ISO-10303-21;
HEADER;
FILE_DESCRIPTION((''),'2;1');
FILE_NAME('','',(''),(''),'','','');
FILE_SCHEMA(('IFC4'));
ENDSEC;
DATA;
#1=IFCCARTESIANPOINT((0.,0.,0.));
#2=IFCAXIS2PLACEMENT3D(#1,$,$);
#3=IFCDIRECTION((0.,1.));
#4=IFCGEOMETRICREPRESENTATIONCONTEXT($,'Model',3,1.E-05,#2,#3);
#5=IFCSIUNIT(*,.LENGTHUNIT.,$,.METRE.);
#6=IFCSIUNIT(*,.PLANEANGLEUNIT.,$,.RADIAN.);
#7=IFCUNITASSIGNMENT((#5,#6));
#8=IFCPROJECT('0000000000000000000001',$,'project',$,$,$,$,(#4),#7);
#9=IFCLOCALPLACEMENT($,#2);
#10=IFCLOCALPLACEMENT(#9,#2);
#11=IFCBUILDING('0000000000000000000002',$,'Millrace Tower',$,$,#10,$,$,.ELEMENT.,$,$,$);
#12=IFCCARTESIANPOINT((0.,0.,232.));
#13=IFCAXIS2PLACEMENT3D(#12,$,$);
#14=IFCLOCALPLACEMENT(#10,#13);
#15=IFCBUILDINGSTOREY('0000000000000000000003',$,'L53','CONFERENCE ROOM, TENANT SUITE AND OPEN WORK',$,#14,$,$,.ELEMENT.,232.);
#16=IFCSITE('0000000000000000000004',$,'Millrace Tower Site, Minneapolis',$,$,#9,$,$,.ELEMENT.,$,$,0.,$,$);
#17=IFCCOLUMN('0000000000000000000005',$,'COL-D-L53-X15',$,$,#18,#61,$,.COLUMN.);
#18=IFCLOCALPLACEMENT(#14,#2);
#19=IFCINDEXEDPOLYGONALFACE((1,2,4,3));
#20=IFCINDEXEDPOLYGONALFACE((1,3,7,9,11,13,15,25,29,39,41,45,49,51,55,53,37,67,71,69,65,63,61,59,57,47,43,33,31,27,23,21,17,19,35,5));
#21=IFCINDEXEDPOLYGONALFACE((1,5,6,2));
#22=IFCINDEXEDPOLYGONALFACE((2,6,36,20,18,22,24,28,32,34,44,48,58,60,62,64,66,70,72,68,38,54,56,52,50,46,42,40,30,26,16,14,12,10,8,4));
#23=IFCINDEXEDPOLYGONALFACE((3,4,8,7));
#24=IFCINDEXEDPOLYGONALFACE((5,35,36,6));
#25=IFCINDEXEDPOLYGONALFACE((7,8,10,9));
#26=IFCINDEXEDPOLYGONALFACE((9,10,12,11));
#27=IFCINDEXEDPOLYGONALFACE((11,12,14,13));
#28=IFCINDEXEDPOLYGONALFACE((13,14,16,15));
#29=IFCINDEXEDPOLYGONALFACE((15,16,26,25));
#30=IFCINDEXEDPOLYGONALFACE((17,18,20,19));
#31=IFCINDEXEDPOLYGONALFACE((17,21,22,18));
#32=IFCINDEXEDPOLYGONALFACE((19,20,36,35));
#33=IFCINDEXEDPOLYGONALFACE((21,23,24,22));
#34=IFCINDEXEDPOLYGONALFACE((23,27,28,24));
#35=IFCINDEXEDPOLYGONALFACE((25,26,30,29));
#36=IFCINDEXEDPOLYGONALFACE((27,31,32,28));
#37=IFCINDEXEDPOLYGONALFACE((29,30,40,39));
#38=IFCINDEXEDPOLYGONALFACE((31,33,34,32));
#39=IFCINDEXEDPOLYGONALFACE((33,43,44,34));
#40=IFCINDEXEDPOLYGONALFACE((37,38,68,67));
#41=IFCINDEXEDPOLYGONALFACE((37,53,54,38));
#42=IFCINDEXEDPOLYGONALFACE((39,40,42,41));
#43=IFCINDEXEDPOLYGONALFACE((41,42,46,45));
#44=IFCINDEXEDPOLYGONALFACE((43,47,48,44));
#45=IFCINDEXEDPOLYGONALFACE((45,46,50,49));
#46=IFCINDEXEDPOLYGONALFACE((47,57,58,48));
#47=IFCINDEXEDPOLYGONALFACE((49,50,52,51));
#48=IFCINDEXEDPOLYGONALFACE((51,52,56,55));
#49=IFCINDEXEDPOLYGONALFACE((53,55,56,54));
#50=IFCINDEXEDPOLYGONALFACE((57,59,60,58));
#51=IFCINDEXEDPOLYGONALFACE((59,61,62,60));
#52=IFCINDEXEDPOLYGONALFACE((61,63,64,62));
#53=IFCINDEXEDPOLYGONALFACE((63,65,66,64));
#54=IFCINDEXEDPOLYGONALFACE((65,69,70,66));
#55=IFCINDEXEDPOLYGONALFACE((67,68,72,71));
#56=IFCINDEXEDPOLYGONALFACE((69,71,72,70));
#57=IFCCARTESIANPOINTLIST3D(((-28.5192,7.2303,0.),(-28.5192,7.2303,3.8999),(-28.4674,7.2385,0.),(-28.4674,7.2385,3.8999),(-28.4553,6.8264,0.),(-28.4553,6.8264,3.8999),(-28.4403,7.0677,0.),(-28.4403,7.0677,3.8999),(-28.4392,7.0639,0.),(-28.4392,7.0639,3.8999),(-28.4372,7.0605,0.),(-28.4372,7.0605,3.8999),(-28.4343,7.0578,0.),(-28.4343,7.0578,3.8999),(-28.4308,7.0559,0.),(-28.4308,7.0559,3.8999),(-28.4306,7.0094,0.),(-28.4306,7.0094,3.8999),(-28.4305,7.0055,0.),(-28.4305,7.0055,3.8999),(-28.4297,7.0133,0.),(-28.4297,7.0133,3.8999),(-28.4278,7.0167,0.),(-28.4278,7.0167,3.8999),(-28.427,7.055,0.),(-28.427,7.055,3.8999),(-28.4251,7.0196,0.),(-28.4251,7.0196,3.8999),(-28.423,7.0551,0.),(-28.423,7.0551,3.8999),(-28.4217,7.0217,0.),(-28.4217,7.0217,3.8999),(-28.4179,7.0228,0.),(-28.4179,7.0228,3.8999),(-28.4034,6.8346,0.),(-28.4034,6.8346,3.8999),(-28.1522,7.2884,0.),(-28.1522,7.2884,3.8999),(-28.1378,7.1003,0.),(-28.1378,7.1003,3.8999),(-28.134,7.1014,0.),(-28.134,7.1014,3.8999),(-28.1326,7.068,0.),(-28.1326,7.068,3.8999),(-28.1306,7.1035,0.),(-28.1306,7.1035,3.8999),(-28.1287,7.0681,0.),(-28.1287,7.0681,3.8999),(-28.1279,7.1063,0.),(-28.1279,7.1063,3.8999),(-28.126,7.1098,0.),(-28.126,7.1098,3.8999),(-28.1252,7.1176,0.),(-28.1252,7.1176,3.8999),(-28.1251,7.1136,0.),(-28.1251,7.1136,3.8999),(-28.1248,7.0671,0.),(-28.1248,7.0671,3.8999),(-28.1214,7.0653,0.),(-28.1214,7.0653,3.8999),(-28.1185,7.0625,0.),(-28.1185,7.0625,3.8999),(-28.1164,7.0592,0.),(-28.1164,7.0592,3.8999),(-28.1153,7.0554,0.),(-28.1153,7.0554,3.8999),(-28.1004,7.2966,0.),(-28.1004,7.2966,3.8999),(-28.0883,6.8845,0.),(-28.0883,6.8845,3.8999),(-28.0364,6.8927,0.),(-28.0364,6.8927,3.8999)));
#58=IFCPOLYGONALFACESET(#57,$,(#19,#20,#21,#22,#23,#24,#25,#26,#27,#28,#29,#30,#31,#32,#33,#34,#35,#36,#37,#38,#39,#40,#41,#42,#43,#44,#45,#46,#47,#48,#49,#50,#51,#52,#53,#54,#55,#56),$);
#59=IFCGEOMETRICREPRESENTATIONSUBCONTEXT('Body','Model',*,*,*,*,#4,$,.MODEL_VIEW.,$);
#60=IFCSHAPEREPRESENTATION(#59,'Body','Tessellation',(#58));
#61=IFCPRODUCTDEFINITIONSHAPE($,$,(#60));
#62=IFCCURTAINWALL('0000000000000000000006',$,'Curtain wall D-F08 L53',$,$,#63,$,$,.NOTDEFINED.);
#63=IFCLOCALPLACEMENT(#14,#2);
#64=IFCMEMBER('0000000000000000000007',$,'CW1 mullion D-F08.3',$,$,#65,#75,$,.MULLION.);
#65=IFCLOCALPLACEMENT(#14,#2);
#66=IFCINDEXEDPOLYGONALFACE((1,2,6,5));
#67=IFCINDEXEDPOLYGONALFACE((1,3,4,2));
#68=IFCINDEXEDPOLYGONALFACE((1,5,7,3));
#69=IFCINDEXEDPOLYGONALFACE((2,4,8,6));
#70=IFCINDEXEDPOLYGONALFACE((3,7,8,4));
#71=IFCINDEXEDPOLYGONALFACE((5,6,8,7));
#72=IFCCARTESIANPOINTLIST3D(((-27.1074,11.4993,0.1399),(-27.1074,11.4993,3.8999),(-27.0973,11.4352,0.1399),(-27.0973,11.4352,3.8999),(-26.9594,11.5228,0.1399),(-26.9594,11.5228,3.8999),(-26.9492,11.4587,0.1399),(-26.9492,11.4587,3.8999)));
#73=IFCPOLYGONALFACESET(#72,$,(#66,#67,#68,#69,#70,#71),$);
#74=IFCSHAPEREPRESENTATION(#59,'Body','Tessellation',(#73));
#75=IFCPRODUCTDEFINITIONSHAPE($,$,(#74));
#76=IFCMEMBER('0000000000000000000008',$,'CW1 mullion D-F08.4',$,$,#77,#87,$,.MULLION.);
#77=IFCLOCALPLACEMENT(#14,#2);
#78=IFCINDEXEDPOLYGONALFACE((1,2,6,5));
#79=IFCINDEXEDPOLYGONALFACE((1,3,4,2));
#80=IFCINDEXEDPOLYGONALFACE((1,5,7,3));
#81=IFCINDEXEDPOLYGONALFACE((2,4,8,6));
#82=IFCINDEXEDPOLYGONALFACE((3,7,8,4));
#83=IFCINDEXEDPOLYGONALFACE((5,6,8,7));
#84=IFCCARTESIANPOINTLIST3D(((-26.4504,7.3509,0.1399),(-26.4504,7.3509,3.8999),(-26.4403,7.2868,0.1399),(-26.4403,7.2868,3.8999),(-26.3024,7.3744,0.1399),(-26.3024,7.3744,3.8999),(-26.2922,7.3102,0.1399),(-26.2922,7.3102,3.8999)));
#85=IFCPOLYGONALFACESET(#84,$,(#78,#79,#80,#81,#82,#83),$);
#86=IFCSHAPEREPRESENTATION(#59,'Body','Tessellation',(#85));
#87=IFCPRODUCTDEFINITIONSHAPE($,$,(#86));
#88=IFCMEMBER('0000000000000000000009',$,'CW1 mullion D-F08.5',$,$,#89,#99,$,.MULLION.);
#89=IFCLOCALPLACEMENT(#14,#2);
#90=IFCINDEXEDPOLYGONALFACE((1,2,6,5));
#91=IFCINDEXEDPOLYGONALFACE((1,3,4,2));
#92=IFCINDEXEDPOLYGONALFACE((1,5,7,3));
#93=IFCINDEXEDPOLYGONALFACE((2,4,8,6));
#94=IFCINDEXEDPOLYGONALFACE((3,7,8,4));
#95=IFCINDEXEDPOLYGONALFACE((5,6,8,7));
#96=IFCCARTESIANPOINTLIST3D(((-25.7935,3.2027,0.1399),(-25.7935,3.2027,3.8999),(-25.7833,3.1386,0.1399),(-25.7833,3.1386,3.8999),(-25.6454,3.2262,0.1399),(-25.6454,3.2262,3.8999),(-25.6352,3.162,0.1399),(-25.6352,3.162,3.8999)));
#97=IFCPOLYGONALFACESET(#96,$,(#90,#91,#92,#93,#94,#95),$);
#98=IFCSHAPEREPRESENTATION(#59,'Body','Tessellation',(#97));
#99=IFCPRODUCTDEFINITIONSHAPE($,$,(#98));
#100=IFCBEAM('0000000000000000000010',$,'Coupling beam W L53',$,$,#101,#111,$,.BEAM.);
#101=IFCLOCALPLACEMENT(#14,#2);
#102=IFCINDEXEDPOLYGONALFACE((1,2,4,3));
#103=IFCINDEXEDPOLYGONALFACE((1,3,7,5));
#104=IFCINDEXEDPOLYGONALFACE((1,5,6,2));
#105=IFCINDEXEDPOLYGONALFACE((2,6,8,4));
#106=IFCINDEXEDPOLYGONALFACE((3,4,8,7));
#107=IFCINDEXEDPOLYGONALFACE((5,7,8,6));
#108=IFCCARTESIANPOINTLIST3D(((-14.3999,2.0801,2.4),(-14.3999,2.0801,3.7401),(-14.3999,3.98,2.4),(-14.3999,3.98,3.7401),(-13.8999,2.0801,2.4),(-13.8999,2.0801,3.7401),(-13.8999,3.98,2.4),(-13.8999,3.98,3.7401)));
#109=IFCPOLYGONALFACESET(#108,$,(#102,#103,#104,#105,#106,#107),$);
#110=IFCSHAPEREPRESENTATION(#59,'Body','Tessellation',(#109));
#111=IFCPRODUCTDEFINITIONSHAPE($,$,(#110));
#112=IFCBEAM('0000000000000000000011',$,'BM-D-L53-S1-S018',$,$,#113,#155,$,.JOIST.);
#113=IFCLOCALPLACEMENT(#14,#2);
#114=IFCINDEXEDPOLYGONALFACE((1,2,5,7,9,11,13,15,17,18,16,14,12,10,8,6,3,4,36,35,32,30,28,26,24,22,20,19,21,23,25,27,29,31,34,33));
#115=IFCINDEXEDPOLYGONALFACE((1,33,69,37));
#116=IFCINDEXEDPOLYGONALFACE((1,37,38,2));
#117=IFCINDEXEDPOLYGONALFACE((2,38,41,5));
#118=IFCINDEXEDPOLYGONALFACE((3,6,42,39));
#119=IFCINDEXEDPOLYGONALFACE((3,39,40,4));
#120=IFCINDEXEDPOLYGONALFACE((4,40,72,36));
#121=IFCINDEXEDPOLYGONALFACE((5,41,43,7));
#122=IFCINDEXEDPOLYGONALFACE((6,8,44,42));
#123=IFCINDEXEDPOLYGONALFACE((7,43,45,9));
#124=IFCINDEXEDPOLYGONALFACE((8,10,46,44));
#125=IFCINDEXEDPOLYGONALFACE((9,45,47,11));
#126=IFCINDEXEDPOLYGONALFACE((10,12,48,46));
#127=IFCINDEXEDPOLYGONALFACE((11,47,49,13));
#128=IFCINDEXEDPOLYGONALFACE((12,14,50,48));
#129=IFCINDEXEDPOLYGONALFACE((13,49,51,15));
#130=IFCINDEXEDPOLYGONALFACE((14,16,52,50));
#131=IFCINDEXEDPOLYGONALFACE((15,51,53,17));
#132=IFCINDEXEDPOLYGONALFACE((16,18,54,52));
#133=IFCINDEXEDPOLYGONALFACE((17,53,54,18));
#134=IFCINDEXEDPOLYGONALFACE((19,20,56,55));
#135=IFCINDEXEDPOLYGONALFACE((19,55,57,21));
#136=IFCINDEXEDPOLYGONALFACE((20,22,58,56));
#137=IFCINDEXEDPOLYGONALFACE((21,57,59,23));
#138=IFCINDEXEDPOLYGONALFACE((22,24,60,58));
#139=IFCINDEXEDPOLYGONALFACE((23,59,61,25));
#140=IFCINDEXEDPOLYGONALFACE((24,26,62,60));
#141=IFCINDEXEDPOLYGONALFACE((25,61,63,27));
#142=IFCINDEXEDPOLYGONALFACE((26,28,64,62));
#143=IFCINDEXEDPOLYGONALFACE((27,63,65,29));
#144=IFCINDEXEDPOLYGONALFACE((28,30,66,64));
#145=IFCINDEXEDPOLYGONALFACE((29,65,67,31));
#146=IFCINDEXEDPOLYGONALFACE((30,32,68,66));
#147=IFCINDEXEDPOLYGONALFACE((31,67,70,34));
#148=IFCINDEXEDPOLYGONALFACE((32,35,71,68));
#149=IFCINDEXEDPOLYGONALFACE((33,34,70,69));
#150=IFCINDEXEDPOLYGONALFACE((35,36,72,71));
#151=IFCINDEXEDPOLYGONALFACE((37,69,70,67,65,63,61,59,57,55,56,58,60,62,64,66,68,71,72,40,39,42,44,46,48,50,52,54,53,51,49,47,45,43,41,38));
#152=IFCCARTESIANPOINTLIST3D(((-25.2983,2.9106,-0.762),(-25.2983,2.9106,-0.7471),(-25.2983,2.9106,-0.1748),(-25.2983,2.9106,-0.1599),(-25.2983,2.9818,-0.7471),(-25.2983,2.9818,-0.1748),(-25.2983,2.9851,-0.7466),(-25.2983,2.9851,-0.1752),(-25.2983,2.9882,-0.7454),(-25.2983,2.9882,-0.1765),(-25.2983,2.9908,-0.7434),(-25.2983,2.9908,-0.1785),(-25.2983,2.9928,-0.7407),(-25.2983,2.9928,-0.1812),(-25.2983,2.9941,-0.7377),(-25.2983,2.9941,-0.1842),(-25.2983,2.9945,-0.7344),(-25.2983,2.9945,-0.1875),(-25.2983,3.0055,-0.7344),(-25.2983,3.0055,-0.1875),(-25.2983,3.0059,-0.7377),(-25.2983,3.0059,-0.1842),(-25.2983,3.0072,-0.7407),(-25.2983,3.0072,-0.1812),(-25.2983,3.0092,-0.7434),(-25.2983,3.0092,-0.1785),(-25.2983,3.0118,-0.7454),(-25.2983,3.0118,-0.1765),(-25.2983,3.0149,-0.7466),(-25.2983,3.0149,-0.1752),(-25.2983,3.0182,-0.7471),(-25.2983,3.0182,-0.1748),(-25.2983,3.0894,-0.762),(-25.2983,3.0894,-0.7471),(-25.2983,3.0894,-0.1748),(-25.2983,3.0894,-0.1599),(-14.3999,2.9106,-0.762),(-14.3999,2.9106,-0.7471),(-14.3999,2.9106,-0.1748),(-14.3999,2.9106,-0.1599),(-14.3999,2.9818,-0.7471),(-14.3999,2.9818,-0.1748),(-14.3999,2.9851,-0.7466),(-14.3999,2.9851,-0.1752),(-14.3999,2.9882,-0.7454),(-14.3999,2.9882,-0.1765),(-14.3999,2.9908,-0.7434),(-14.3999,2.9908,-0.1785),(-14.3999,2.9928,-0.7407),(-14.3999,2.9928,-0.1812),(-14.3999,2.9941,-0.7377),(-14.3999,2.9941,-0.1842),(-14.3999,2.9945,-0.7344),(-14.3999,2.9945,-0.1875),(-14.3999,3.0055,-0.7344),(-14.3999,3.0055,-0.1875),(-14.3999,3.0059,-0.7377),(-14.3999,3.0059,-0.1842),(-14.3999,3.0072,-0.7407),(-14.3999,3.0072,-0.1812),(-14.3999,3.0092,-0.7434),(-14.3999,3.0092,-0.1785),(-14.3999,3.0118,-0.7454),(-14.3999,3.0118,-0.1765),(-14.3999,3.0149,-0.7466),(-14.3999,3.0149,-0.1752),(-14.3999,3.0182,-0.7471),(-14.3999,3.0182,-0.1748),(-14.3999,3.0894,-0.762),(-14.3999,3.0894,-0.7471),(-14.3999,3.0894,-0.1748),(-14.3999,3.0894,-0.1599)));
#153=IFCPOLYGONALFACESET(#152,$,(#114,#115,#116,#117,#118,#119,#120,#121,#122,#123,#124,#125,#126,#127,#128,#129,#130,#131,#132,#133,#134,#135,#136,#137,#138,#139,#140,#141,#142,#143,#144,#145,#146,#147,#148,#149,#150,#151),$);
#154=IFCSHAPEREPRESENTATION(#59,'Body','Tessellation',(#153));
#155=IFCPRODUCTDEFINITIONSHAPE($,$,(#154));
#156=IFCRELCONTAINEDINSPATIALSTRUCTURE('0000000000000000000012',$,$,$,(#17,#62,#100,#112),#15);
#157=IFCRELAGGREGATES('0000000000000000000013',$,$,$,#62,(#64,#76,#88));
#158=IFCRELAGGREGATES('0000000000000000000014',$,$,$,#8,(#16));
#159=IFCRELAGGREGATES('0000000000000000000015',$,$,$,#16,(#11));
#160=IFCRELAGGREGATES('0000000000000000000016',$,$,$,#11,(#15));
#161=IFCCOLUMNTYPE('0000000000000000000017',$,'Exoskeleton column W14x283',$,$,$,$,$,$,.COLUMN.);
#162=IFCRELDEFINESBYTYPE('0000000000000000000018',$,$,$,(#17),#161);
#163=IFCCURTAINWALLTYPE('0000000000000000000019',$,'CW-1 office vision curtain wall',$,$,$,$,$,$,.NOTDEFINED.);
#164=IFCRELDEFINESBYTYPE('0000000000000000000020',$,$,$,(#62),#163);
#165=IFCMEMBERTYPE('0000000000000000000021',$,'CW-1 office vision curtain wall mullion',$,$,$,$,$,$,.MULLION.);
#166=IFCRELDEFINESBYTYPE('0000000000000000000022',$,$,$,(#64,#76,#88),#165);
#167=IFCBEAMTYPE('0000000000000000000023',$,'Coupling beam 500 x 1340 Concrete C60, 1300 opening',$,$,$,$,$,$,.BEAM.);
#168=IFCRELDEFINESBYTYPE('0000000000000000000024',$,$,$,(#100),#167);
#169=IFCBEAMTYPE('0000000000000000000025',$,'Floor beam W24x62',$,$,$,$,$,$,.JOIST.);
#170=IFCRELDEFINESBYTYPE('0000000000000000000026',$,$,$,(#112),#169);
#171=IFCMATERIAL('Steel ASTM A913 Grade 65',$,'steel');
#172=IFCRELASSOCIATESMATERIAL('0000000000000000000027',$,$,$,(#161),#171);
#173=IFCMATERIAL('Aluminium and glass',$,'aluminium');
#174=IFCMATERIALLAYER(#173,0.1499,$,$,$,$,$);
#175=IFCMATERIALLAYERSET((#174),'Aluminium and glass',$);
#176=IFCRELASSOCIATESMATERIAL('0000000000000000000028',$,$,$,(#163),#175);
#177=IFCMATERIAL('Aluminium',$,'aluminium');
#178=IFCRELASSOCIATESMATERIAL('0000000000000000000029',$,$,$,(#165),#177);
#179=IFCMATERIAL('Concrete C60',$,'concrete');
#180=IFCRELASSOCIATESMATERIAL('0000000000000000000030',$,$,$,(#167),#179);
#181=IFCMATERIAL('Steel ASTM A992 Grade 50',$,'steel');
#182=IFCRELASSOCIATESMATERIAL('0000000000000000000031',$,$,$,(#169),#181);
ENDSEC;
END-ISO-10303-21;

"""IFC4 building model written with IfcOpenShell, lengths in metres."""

from ifc_helpers import new_model, si_unit, direction, frame, origin, origin_2d, place, context, subcontext, project, spatial, rectangle, i_section, extrude, material, layer, layer_set, material_profile, profile_set, type_object, element, aggregate, save


model = new_model("IFC4")

# Units and contexts
model_context = context("Model", 3, precision=1e-05, world=origin(), true_north=direction((0.0, 1.0)))
body_context = subcontext(model_context, "Body", "Model", "MODEL_VIEW")
ifc_project = project(units=[si_unit("LENGTHUNIT", "METRE"), si_unit("PLANEANGLEUNIT", "RADIAN")], contexts=[model_context])

# Site, building, storey
site_placement = place(None, origin())
site = spatial("IfcSite", under=ifc_project, at=site_placement, Name="Millrace Tower Site, Minneapolis", CompositionType="ELEMENT", RefElevation=0.0)
building_placement = place(site_placement, origin())
building = spatial("IfcBuilding", under=site, at=building_placement, Name="Millrace Tower", CompositionType="ELEMENT")
storey_placement = place(building_placement, frame((0.0, 0.0, 232.0)))
storey = spatial("IfcBuildingStorey", under=building, at=storey_placement, Name="L53", Description="CONFERENCE ROOM, TENANT SUITE AND OPEN WORK", CompositionType="ELEMENT", Elevation=232.0)

# Column
ifc_material_1 = material(Name="Steel ASTM A913 Grade 65", Category="steel")
ifc_material_profile_1 = material_profile(ifc_material_1, i_section(OverallWidth=0.4089, OverallDepth=0.4241, WebThickness=0.0327, FlangeThickness=0.0525, FilletRadius=0.0151, at=origin_2d()))
ifc_profile_set_1 = profile_set([ifc_material_profile_1], Name="Steel ASTM A913 Grade 65")
column_type = type_object("IfcColumnType", Name="Exoskeleton column W14x283", PredefinedType="COLUMN", material=ifc_profile_set_1)
column_placement = place(storey_placement, frame((-28.2778, 7.0615, 0.0), z_axis=(0.0, 0.0, 1.0), x_axis=(0.156434, -0.987688, 0.0)))
element("IfcColumn", 1, at=column_placement, inside=storey, type_object=column_type, Name="COL-D-L53-X15", PredefinedType="COLUMN", context=body_context, shape_type="SweptSolid", body=[
    extrude(i_section(OverallWidth=0.4089, OverallDepth=0.4241, WebThickness=0.0327, FlangeThickness=0.0525, FilletRadius=0.0151, at=origin_2d()), origin(), (0.0, 0.0, 1.0), 3.8999),
])

# Curtain wall, members
ifc_material_2 = material(Name="Aluminium and glass", Category="aluminium")
ifc_layer_1 = layer(ifc_material_2, 0.1499)
ifc_layer_set_1 = layer_set([ifc_layer_1], Name="Aluminium and glass")
curtain_wall_type = type_object("IfcCurtainWallType", Name="CW-1 office vision curtain wall", PredefinedType="NOTDEFINED", material=ifc_layer_set_1)
placement = place(storey_placement, origin())
curtain_wall = element("IfcCurtainWall", 2, at=placement, inside=storey, type_object=curtain_wall_type, Name="Curtain wall D-F08 L53", PredefinedType="NOTDEFINED")
ifc_material_3 = material(Name="Aluminium", Category="aluminium")
ifc_material_profile_2 = material_profile(ifc_material_3, rectangle(XDim=0.0649, YDim=0.1499, at=origin_2d()))
ifc_profile_set_2 = profile_set([ifc_material_profile_2], Name="Aluminium")
member_type = type_object("IfcMemberType", Name="CW-1 office vision curtain wall mullion", PredefinedType="MULLION", material=ifc_profile_set_2)
member_1_placement = place(storey_placement, frame((-27.0283, 11.479, 0.1399), z_axis=(0.0, 0.0, 1.0), x_axis=(0.156434, -0.987688, 0.0)))
member_1 = element("IfcMember", 3, at=member_1_placement, type_object=member_type, Name="CW1 mullion D-F08.3", PredefinedType="MULLION", context=body_context, shape_type="SweptSolid", body=[
    extrude(rectangle(XDim=0.0649, YDim=0.1499, at=origin_2d()), origin(), (0.0, 0.0, 1.0), 3.76),
])
member_2_placement = place(storey_placement, frame((-26.3713, 7.3306, 0.1399), z_axis=(0.0, 0.0, 1.0), x_axis=(0.156434, -0.987688, 0.0)))
member_2 = element("IfcMember", 4, at=member_2_placement, type_object=member_type, Name="CW1 mullion D-F08.4", PredefinedType="MULLION", context=body_context, shape_type="SweptSolid", body=[
    extrude(rectangle(XDim=0.0649, YDim=0.1499, at=origin_2d()), origin(), (0.0, 0.0, 1.0), 3.76),
])
member_3_placement = place(storey_placement, frame((-25.7144, 3.1824, 0.1399), z_axis=(0.0, 0.0, 1.0), x_axis=(0.156434, -0.987688, 0.0)))
member_3 = element("IfcMember", 5, at=member_3_placement, type_object=member_type, Name="CW1 mullion D-F08.5", PredefinedType="MULLION", context=body_context, shape_type="SweptSolid", body=[
    extrude(rectangle(XDim=0.0649, YDim=0.1499, at=origin_2d()), origin(), (0.0, 0.0, 1.0), 3.76),
])
aggregate(curtain_wall, [member_1, member_2, member_3])

# Beams
ifc_material_4 = material(Name="Concrete C60", Category="concrete")
ifc_material_profile_3 = material_profile(ifc_material_4, rectangle(XDim=0.5, YDim=1.3401, at=origin_2d()))
ifc_profile_set_3 = profile_set([ifc_material_profile_3], Name="Concrete C60")
beam_type_1 = type_object("IfcBeamType", Name="Coupling beam 500 x 1340 Concrete C60, 1300 opening", PredefinedType="BEAM", material=ifc_profile_set_3)
beam_1_placement = place(storey_placement, frame((-14.1499, 2.0801, 3.0701), z_axis=(0.0, 1.0, 0.0), x_axis=(-1.0, 0.0, 0.0)))
element("IfcBeam", 6, at=beam_1_placement, inside=storey, type_object=beam_type_1, Name="Coupling beam W L53", PredefinedType="BEAM", context=body_context, shape_type="SweptSolid", body=[
    extrude(rectangle(XDim=0.5, YDim=1.3401, at=origin_2d()), origin(), (0.0, 0.0, 1.0), 1.8999),
])
ifc_material_5 = material(Name="Steel ASTM A992 Grade 50", Category="steel")
ifc_material_profile_4 = material_profile(ifc_material_5, i_section(OverallWidth=0.1787, OverallDepth=0.6021, WebThickness=0.011, FlangeThickness=0.0149, FilletRadius=0.0127, at=origin_2d()))
ifc_profile_set_4 = profile_set([ifc_material_profile_4], Name="Steel ASTM A992 Grade 50")
beam_type_2 = type_object("IfcBeamType", Name="Floor beam W24x62", PredefinedType="JOIST", material=ifc_profile_set_4)
beam_2_placement = place(storey_placement, frame((-25.2983, 3.0, -0.4609), z_axis=(1.0, 0.0, 0.0), x_axis=(0.0, 1.0, 0.0)))
element("IfcBeam", 7, at=beam_2_placement, inside=storey, type_object=beam_type_2, Name="BM-D-L53-S1-S018", PredefinedType="JOIST", context=body_context, shape_type="SweptSolid", body=[
    extrude(i_section(OverallWidth=0.1787, OverallDepth=0.6021, WebThickness=0.011, FlangeThickness=0.0149, FilletRadius=0.0127, at=origin_2d()), origin(), (0.0, 0.0, 1.0), 10.8984),
])

save(model, "model.ifc")
